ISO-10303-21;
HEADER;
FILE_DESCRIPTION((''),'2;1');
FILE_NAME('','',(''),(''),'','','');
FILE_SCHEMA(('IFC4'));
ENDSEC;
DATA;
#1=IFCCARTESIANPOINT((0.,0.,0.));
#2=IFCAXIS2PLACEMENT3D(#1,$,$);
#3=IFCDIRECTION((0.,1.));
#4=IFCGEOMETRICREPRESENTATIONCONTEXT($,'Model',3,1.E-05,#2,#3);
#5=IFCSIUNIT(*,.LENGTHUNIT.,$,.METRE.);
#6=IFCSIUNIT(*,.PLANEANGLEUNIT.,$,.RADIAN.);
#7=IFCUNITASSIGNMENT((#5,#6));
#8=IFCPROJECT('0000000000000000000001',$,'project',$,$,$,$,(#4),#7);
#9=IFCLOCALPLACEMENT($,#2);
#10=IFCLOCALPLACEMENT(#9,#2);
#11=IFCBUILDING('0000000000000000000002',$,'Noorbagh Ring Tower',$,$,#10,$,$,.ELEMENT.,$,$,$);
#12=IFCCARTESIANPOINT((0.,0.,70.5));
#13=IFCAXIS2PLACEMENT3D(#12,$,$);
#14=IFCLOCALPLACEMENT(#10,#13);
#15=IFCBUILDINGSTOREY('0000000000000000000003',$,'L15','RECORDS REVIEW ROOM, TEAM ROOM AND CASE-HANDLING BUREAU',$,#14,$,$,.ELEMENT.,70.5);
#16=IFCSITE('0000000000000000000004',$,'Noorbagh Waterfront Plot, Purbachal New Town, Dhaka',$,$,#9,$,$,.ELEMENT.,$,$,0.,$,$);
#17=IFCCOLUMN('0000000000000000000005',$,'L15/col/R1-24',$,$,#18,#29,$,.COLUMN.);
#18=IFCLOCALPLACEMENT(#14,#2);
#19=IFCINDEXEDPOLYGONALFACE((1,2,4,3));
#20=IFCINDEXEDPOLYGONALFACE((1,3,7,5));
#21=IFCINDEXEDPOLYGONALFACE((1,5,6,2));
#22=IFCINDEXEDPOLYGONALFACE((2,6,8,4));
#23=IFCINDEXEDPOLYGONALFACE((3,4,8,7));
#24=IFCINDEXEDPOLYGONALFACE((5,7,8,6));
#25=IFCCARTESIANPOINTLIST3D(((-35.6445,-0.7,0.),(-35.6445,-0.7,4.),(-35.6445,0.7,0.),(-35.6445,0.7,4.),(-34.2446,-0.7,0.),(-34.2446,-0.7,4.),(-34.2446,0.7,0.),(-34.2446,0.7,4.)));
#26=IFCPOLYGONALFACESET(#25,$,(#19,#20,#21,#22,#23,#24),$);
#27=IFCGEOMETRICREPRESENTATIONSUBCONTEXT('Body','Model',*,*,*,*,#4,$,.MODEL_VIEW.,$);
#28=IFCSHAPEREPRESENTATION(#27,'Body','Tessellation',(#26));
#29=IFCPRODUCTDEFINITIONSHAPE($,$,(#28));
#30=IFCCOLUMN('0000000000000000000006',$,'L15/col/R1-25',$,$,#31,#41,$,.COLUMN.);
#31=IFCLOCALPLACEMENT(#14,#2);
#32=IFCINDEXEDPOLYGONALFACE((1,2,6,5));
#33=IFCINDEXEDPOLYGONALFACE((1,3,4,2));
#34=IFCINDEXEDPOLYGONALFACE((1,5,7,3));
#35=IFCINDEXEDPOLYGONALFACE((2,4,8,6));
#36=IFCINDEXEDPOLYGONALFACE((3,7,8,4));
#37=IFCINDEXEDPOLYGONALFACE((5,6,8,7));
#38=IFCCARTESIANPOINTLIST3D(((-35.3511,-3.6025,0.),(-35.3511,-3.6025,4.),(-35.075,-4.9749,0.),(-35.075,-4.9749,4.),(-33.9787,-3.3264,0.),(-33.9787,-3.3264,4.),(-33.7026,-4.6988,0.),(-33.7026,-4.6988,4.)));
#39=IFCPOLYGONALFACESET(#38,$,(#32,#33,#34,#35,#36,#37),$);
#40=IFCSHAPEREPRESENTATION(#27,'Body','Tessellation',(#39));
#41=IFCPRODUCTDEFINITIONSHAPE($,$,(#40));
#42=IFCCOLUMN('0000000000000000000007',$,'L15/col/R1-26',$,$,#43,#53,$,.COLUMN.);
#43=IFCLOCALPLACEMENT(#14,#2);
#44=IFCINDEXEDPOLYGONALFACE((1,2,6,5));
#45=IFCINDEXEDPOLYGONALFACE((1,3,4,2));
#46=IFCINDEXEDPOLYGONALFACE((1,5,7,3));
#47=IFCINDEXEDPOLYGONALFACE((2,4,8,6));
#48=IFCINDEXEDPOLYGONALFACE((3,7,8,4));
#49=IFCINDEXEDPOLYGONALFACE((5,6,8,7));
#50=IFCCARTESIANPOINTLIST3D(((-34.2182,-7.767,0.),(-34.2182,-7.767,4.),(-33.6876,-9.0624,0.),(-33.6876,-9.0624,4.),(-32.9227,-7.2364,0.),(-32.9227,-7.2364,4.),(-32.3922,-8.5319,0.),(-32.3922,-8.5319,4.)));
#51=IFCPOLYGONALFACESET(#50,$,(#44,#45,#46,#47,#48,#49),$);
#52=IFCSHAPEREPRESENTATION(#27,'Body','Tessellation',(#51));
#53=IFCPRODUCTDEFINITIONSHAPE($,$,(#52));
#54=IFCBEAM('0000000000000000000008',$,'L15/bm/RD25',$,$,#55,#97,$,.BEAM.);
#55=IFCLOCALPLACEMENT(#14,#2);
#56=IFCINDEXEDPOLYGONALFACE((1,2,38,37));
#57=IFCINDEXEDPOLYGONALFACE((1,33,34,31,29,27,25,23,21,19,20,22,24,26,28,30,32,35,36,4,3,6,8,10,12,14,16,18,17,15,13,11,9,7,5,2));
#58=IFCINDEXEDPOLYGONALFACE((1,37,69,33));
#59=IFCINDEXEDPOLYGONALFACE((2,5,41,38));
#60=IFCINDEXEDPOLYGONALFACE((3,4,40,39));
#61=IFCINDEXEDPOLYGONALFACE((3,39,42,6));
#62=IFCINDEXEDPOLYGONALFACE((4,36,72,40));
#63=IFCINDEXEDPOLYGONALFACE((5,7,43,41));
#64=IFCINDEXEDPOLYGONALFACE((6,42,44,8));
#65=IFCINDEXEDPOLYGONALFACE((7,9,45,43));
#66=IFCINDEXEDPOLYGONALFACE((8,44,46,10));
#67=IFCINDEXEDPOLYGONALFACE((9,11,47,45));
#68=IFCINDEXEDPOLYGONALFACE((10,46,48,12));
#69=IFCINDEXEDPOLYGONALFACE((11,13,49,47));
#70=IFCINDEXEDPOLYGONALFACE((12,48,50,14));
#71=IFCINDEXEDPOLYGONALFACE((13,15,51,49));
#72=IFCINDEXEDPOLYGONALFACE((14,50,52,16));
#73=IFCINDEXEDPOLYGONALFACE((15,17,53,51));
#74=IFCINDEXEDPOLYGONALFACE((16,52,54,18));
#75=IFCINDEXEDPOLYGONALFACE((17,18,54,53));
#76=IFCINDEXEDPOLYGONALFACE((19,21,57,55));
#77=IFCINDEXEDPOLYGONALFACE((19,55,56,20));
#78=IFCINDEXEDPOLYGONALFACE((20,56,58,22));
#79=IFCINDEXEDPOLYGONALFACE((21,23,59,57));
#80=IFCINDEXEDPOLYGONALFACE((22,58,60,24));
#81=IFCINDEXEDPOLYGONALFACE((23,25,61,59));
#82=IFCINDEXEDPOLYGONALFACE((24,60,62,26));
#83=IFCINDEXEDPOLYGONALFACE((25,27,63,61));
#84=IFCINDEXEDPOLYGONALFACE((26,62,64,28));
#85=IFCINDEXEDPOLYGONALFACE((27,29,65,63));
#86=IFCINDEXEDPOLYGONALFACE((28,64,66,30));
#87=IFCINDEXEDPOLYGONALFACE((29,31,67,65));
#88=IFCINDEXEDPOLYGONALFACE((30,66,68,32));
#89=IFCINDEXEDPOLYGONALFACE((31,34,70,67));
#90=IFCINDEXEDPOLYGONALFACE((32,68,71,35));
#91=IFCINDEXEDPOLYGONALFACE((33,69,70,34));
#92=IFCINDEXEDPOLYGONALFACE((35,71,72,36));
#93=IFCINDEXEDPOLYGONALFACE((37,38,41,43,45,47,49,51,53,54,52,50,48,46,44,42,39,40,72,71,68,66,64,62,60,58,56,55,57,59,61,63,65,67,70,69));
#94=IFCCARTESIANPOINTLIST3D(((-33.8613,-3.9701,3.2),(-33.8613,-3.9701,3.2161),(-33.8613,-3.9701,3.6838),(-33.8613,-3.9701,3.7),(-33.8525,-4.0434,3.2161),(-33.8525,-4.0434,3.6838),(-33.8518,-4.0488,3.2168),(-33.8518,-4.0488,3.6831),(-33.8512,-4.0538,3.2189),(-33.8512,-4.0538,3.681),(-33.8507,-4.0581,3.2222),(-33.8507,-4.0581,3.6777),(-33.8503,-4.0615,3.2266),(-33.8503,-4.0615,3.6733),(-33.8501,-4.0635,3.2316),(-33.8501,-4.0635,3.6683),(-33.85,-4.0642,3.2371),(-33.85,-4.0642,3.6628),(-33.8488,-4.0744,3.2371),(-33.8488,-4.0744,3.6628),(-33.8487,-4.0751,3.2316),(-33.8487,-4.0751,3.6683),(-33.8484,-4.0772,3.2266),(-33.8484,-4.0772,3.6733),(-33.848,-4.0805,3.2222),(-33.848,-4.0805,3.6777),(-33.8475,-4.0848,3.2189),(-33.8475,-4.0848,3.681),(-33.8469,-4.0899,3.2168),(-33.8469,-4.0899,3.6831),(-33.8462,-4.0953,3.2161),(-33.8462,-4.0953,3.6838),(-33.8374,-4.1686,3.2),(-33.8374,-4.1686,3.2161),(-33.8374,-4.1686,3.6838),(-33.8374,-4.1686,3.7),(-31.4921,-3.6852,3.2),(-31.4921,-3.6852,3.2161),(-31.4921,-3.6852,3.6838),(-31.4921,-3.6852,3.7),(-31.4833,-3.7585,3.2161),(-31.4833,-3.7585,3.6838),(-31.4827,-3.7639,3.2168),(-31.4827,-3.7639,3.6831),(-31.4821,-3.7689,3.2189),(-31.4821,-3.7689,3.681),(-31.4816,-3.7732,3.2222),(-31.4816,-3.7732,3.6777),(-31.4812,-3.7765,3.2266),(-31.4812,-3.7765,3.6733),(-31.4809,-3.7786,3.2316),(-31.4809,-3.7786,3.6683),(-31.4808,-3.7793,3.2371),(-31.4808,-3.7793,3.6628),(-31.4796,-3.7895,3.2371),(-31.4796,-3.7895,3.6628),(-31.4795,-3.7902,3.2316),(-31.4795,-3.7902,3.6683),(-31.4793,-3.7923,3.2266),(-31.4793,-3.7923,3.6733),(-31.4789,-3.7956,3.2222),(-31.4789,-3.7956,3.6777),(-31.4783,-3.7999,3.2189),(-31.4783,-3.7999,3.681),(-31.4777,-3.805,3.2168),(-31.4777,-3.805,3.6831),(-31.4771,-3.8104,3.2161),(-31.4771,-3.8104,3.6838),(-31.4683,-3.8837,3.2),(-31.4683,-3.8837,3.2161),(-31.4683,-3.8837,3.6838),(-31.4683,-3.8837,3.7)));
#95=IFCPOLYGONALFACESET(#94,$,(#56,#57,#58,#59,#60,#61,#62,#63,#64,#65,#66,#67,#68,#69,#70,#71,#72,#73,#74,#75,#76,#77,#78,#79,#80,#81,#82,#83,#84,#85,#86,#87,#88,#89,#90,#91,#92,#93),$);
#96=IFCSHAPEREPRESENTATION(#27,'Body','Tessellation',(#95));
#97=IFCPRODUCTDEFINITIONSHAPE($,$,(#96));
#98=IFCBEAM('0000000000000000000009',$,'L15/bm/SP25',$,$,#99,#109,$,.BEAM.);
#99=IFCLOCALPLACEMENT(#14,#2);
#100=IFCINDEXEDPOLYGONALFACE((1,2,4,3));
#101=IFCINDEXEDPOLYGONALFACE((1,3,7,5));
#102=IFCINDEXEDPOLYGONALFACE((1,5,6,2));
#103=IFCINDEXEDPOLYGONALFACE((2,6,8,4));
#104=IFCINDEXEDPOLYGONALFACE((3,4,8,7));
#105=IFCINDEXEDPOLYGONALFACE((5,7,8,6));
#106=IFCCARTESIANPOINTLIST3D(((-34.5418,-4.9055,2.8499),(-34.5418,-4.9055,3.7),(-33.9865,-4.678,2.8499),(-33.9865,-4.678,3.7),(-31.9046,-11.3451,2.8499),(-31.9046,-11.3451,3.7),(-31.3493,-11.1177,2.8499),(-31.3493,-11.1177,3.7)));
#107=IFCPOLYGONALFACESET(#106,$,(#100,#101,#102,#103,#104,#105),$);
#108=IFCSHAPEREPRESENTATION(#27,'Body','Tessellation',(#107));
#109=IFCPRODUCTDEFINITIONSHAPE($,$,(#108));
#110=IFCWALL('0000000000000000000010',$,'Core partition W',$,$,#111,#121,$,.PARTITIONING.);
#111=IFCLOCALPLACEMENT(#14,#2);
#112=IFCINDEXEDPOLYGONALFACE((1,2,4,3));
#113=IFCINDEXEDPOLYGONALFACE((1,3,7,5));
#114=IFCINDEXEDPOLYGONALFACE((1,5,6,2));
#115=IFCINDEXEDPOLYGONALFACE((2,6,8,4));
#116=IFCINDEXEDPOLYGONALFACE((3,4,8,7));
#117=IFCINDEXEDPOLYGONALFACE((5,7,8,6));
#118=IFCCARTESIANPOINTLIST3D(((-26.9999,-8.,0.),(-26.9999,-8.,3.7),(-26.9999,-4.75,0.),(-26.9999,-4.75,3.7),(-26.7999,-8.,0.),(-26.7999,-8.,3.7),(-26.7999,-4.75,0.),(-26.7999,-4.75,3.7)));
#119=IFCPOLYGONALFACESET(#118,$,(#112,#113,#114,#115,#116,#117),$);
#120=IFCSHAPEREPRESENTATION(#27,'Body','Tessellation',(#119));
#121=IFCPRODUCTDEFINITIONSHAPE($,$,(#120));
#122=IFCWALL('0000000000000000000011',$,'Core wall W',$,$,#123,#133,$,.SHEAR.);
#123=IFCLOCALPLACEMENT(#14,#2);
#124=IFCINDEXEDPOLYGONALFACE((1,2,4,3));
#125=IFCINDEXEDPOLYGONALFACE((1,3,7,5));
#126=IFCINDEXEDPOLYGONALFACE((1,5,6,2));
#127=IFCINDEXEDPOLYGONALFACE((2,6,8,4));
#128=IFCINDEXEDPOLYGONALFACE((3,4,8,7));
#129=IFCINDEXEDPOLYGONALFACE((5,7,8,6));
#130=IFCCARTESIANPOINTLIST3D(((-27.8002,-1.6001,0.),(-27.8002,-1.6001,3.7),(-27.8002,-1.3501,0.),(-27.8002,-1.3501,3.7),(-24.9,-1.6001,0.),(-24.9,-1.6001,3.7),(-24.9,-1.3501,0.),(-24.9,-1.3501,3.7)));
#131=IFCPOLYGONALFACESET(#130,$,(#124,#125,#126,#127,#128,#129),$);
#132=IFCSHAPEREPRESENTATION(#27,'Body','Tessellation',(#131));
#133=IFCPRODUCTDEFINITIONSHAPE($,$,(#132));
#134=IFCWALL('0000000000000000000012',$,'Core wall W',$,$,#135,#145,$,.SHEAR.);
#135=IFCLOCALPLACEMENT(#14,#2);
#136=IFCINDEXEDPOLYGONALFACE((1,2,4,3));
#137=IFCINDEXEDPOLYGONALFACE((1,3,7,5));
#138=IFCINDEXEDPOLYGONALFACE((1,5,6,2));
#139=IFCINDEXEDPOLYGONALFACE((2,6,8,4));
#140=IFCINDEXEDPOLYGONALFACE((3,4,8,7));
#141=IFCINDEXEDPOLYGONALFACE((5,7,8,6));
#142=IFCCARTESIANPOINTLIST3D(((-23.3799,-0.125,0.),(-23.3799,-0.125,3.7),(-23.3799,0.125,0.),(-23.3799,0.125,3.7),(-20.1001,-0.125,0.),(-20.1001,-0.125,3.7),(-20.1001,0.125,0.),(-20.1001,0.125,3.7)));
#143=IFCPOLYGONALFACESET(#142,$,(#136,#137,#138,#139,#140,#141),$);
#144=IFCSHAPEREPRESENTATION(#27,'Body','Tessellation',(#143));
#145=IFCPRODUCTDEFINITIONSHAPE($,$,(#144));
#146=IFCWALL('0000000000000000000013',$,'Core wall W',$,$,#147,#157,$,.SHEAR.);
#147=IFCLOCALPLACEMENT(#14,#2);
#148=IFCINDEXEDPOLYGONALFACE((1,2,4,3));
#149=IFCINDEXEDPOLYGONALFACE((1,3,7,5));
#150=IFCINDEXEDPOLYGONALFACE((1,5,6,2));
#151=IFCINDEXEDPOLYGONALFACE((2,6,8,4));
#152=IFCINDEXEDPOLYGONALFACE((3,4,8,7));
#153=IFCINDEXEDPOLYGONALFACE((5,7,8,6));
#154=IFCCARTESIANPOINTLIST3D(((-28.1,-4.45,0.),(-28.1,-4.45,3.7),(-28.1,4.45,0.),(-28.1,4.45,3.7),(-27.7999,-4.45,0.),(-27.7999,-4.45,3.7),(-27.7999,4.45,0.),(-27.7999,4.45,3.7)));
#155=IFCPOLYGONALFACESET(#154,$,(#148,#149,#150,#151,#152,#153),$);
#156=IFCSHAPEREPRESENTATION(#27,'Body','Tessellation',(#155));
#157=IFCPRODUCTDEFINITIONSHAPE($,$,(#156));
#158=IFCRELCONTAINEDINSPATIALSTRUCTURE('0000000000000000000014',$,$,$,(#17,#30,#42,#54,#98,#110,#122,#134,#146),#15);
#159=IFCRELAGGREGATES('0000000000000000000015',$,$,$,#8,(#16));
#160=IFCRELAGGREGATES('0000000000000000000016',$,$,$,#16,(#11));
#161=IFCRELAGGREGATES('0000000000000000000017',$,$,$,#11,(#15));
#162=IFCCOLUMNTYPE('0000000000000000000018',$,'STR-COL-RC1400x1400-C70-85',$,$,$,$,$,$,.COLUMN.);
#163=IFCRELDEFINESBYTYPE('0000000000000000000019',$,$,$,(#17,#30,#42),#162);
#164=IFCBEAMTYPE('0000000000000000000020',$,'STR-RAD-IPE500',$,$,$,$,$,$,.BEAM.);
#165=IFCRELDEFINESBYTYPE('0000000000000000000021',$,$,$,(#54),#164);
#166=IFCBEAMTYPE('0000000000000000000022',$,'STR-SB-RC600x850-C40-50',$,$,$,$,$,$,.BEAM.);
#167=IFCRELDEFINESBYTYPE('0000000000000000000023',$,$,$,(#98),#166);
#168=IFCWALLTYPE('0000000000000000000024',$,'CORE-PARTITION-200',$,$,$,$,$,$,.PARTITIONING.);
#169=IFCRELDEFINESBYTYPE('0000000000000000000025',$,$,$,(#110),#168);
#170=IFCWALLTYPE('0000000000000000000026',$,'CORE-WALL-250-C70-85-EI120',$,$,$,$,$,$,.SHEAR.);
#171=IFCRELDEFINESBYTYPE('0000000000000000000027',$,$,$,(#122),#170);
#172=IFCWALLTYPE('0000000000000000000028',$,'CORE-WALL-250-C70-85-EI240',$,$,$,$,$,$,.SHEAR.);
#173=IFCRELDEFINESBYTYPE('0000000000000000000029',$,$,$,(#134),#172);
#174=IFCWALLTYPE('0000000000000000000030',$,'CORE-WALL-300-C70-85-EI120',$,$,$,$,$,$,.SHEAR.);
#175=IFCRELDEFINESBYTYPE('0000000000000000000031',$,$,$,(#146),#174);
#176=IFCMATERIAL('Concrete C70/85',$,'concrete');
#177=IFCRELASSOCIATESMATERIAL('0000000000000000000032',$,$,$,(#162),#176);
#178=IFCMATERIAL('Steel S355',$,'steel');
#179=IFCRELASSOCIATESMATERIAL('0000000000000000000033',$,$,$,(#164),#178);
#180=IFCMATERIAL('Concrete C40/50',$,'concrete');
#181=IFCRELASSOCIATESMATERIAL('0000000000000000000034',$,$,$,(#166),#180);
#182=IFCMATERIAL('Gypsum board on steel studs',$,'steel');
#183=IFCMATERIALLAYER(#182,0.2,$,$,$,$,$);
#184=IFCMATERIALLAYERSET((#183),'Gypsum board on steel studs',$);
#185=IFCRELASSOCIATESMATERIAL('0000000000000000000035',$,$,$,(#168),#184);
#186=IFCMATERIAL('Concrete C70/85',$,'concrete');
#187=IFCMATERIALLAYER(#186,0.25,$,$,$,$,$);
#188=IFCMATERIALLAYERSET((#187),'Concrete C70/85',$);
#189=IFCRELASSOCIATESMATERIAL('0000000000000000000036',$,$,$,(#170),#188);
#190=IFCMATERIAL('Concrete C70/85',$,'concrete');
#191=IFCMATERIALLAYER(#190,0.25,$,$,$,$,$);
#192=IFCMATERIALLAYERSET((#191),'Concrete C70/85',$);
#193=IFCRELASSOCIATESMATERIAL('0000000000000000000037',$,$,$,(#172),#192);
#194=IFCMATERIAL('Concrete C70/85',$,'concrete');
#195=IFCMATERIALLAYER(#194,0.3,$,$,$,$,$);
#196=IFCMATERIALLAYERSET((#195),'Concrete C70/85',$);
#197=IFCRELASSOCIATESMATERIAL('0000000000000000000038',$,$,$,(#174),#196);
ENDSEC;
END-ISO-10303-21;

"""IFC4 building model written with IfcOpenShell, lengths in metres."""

from ifc_helpers import new_model, si_unit, direction, frame, frame_2d, origin, origin_2d, place, context, subcontext, project, spatial, rectangle, i_section, extrude, material, layer, layer_set, material_profile, profile_set, type_object, element, save


model = new_model("IFC4")

# Units and contexts
model_context = context("Model", 3, precision=1e-05, world=origin(), true_north=direction((0.0, 1.0)))
body_context = subcontext(model_context, "Body", "Model", "MODEL_VIEW")
ifc_project = project(units=[si_unit("LENGTHUNIT", "METRE"), si_unit("PLANEANGLEUNIT", "RADIAN")], contexts=[model_context])

# Site, building, storey
site_placement = place(None, origin())
site = spatial("IfcSite", under=ifc_project, at=site_placement, Name="Noorbagh Waterfront Plot, Purbachal New Town, Dhaka", CompositionType="ELEMENT", RefElevation=0.0)
building_placement = place(site_placement, origin())
building = spatial("IfcBuilding", under=site, at=building_placement, Name="Noorbagh Ring Tower", CompositionType="ELEMENT")
storey_placement = place(building_placement, frame((0.0, 0.0, 70.5)))
storey = spatial("IfcBuildingStorey", under=building, at=storey_placement, Name="L15", Description="RECORDS REVIEW ROOM, TEAM ROOM AND CASE-HANDLING BUREAU", CompositionType="ELEMENT", Elevation=70.5)

# Columns
ifc_material_1 = material(Name="Concrete C70/85", Category="concrete")
ifc_material_profile_1 = material_profile(ifc_material_1, rectangle(XDim=1.3999, YDim=1.3999, at=origin_2d()), Name="RC1400x1400")
ifc_profile_set_1 = profile_set([ifc_material_profile_1], Name="Concrete C70/85")
column_type = type_object("IfcColumnType", Name="STR-COL-RC1400x1400-C70-85", PredefinedType="COLUMN", material=ifc_profile_set_1)
for number, where, z_axis, x_axis, name in (
    (1, (-34.9446, 0.0, 0.0), (0.0, 0.0, 1.0), (0.0, -1.0, 0.0), "L15/col/R1-24"),
    (2, (-34.5269, -4.1506, 0.0), (0.0, 0.0, 1.0), (0.19723, -0.980357, 0.0), "L15/col/R1-25"),
    (3, (-33.3052, -8.1494, 0.0), (0.0, 0.0, 1.0), (0.378989, -0.925401, 0.0), "L15/col/R1-26"),
):
    element("IfcColumn", number, at=place(storey_placement, frame(where, z_axis=z_axis, x_axis=x_axis)), inside=storey, type_object=column_type, Name=name, PredefinedType="COLUMN", context=body_context, shape_type="SweptSolid", body=[
        extrude(rectangle(XDim=1.3999, YDim=1.3999, at=origin_2d()), origin(), (0.0, 0.0, 1.0), 4.0),
    ])

# Beams
ifc_material_2 = material(Name="Steel S355", Category="steel")
ifc_material_profile_2 = material_profile(ifc_material_2, i_section(OverallWidth=0.2, OverallDepth=0.5, WebThickness=0.0103, FlangeThickness=0.0161, FilletRadius=0.021, at=origin_2d()), Name="IPE500")
ifc_profile_set_2 = profile_set([ifc_material_profile_2], Name="Steel S355")
beam_type_1 = type_object("IfcBeamType", Name="STR-RAD-IPE500", PredefinedType="BEAM", material=ifc_profile_set_2)
beam_1_placement = place(storey_placement, frame((-33.8494, -4.0693, 3.45), z_axis=(0.992846, 0.119399, 0.0), x_axis=(-0.119399, 0.992846, 0.0)))
element("IfcBeam", 4, at=beam_1_placement, inside=storey, type_object=beam_type_1, Name="L15/bm/RD25", PredefinedType="BEAM", context=body_context, shape_type="SweptSolid", body=[
    extrude(i_section(OverallWidth=0.2, OverallDepth=0.5, WebThickness=0.0103, FlangeThickness=0.0161, FilletRadius=0.021, at=origin_2d()), origin(), (0.0, 0.0, 1.0), 2.3862),
])
ifc_material_3 = material(Name="Concrete C40/50", Category="concrete")
ifc_material_profile_3 = material_profile(ifc_material_3, rectangle(XDim=0.6001, YDim=0.8501, at=origin_2d()), Name="RC600x850")
ifc_profile_set_3 = profile_set([ifc_material_profile_3], Name="Concrete C40/50")
beam_type_2 = type_object("IfcBeamType", Name="STR-SB-RC600x850-C40-50", PredefinedType="BEAM", material=ifc_profile_set_3)
beam_2_placement = place(storey_placement, frame((-34.2642, -4.7917, 3.2749), z_axis=(0.378976, -0.925407, 0.0), x_axis=(0.925407, 0.378976, 0.0)))
element("IfcBeam", 5, at=beam_2_placement, inside=storey, type_object=beam_type_2, Name="L15/bm/SP25", PredefinedType="BEAM", context=body_context, shape_type="SweptSolid", body=[
    extrude(rectangle(XDim=0.6001, YDim=0.8501, at=origin_2d()), origin(), (0.0, 0.0, 1.0), 6.9587),
])

# Walls
ifc_material_4 = material(Name="Gypsum board on steel studs", Category="steel")
ifc_layer_1 = layer(ifc_material_4, 0.2)
ifc_layer_set_1 = layer_set([ifc_layer_1], Name="Gypsum board on steel studs")
wall_type_1 = type_object("IfcWallType", Name="CORE-PARTITION-200", PredefinedType="PARTITIONING", material=ifc_layer_set_1)
wall_1_placement = place(storey_placement, frame((-26.8999, -8.0, 0.0), z_axis=(0.0, 0.0, 1.0), x_axis=(0.0, 1.0, 0.0)))
element("IfcWall", 6, at=wall_1_placement, inside=storey, type_object=wall_type_1, Name="Core partition W", PredefinedType="PARTITIONING", context=body_context, shape_type="SweptSolid", body=[
    extrude(rectangle(XDim=3.25, YDim=0.2, at=frame_2d((1.625, 0.0))), origin(), (0.0, 0.0, 1.0), 3.7),
])
ifc_material_5 = material(Name="Concrete C70/85", Category="concrete")
ifc_layer_2 = layer(ifc_material_5, 0.25)
ifc_layer_set_2 = layer_set([ifc_layer_2], Name="Concrete C70/85")
wall_type_2 = type_object("IfcWallType", Name="CORE-WALL-250-C70-85-EI120", PredefinedType="SHEAR", material=ifc_layer_set_2)
wall_2_placement = place(storey_placement, frame((-24.8999, -1.4751, 0.0), z_axis=(0.0, 0.0, 1.0), x_axis=(-1.0, 0.0, 0.0)))
element("IfcWall", 7, at=wall_2_placement, inside=storey, type_object=wall_type_2, Name="Core wall W", PredefinedType="SHEAR", context=body_context, shape_type="SweptSolid", body=[
    extrude(rectangle(XDim=2.9001, YDim=0.25, at=frame_2d((1.4502, 0.0))), origin(), (0.0, 0.0, 1.0), 3.7),
])
ifc_material_6 = material(Name="Concrete C70/85", Category="concrete")
ifc_layer_3 = layer(ifc_material_6, 0.25)
ifc_layer_set_3 = layer_set([ifc_layer_3], Name="Concrete C70/85")
wall_type_3 = type_object("IfcWallType", Name="CORE-WALL-250-C70-85-EI240", PredefinedType="SHEAR", material=ifc_layer_set_3)
wall_3_placement = place(storey_placement, frame((-20.1001, 0.0, 0.0), z_axis=(0.0, 0.0, 1.0), x_axis=(-1.0, 0.0, 0.0)))
element("IfcWall", 8, at=wall_3_placement, inside=storey, type_object=wall_type_3, Name="Core wall W", PredefinedType="SHEAR", context=body_context, shape_type="SweptSolid", body=[
    extrude(rectangle(XDim=3.2798, YDim=0.25, at=frame_2d((1.6399, 0.0))), origin(), (0.0, 0.0, 1.0), 3.7),
])
ifc_material_7 = material(Name="Concrete C70/85", Category="concrete")
ifc_layer_4 = layer(ifc_material_7, 0.3)
ifc_layer_set_4 = layer_set([ifc_layer_4], Name="Concrete C70/85")
wall_type_4 = type_object("IfcWallType", Name="CORE-WALL-300-C70-85-EI120", PredefinedType="SHEAR", material=ifc_layer_set_4)
wall_4_placement = place(storey_placement, frame((-27.95, -4.45, 0.0), z_axis=(0.0, 0.0, 1.0), x_axis=(0.0, 1.0, 0.0)))
element("IfcWall", 9, at=wall_4_placement, inside=storey, type_object=wall_type_4, Name="Core wall W", PredefinedType="SHEAR", context=body_context, shape_type="SweptSolid", body=[
    extrude(rectangle(XDim=8.8999, YDim=0.3, at=frame_2d((4.45, 0.0))), origin(), (0.0, 0.0, 1.0), 3.7),
])

save(model, "model.ifc")
